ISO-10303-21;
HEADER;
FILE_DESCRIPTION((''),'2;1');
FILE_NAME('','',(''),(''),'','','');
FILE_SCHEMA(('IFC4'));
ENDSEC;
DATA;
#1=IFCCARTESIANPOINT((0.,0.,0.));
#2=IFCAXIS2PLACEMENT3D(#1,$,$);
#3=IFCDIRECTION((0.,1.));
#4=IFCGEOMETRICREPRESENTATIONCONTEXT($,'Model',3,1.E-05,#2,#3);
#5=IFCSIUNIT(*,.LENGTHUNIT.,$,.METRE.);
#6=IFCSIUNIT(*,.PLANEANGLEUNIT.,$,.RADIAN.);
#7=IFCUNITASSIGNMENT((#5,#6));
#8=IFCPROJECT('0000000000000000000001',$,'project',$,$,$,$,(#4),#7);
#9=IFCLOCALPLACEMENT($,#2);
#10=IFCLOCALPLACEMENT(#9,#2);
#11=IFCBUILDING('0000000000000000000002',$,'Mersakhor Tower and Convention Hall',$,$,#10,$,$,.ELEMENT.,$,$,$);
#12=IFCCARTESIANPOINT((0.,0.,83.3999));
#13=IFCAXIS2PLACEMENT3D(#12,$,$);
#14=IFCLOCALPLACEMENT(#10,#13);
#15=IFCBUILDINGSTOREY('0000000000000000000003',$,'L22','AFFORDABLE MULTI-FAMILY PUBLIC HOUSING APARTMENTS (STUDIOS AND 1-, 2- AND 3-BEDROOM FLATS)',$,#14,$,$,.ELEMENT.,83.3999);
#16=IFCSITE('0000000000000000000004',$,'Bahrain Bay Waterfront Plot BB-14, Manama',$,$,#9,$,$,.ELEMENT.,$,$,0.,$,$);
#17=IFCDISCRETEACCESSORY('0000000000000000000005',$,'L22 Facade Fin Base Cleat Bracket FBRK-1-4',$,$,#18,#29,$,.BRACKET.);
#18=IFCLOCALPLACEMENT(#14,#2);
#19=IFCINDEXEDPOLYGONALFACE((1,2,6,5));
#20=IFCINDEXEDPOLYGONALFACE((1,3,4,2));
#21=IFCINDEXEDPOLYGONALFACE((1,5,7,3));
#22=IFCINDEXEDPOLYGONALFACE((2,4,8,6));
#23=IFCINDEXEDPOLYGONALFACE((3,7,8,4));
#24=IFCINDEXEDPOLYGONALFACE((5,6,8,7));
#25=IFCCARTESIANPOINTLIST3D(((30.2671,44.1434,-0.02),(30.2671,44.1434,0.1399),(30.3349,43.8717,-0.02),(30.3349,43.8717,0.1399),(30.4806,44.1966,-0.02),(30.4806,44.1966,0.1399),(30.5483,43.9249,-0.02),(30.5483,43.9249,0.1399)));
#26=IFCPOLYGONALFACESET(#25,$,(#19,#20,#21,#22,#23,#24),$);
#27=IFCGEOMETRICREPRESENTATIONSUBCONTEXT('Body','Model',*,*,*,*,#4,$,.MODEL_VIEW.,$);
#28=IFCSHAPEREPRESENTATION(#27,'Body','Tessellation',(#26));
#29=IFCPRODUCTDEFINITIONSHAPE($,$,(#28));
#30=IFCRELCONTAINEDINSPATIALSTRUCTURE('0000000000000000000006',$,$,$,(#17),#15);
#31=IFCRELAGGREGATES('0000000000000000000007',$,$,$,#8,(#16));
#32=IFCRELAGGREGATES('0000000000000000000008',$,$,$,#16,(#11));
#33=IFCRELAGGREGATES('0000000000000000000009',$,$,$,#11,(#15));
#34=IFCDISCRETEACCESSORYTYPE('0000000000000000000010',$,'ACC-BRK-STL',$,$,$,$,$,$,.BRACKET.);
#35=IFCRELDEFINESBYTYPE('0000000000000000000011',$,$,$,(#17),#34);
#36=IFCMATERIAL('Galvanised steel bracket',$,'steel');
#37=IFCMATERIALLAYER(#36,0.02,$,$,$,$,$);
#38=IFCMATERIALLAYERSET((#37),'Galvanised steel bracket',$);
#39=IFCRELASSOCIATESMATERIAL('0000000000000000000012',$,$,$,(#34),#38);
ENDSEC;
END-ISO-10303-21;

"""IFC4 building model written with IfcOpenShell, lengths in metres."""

from ifc_helpers import new_model, si_unit, direction, frame, origin, origin_2d, place, context, subcontext, project, spatial, rectangle, extrude, material, layer, layer_set, type_object, element, save


model = new_model("IFC4")

# Units and contexts
model_context = context("Model", 3, precision=1e-05, world=origin(), true_north=direction((0.0, 1.0)))
body_context = subcontext(model_context, "Body", "Model", "MODEL_VIEW")
ifc_project = project(units=[si_unit("LENGTHUNIT", "METRE"), si_unit("PLANEANGLEUNIT", "RADIAN")], contexts=[model_context])

# Site, building, storey
site_placement = place(None, origin())
site = spatial("IfcSite", under=ifc_project, at=site_placement, Name="Bahrain Bay Waterfront Plot BB-14, Manama", CompositionType="ELEMENT", RefElevation=0.0)
building_placement = place(site_placement, origin())
building = spatial("IfcBuilding", under=site, at=building_placement, Name="Mersakhor Tower and Convention Hall", CompositionType="ELEMENT")
storey_placement = place(building_placement, frame((0.0, 0.0, 83.3999)))
storey = spatial("IfcBuildingStorey", under=building, at=storey_placement, Name="L22", Description="AFFORDABLE MULTI-FAMILY PUBLIC HOUSING APARTMENTS (STUDIOS AND 1-, 2- AND 3-BEDROOM FLATS)", CompositionType="ELEMENT", Elevation=83.3999)

# Discrete accessory
ifc_material_1 = material(Name="Galvanised steel bracket", Category="steel")
ifc_layer_1 = layer(ifc_material_1, 0.02)
ifc_layer_set_1 = layer_set([ifc_layer_1], Name="Galvanised steel bracket")
discrete_accessory_type = type_object("IfcDiscreteAccessoryType", Name="ACC-BRK-STL", PredefinedType="BRACKET", material=ifc_layer_set_1)
discrete_accessory_placement = place(storey_placement, frame((30.4077, 44.0342, -0.02), z_axis=(0.0, 0.0, 1.0), x_axis=(-0.241922, 0.970296, 0.0)))
element("IfcDiscreteAccessory", 1, at=discrete_accessory_placement, inside=storey, type_object=discrete_accessory_type, Name="L22 Facade Fin Base Cleat Bracket FBRK-1-4", PredefinedType="BRACKET", context=body_context, shape_type="SweptSolid", body=[
    extrude(rectangle(XDim=0.28, YDim=0.22, at=origin_2d()), origin(), (0.0, 0.0, 1.0), 0.1599),
])

save(model, "model.ifc")
